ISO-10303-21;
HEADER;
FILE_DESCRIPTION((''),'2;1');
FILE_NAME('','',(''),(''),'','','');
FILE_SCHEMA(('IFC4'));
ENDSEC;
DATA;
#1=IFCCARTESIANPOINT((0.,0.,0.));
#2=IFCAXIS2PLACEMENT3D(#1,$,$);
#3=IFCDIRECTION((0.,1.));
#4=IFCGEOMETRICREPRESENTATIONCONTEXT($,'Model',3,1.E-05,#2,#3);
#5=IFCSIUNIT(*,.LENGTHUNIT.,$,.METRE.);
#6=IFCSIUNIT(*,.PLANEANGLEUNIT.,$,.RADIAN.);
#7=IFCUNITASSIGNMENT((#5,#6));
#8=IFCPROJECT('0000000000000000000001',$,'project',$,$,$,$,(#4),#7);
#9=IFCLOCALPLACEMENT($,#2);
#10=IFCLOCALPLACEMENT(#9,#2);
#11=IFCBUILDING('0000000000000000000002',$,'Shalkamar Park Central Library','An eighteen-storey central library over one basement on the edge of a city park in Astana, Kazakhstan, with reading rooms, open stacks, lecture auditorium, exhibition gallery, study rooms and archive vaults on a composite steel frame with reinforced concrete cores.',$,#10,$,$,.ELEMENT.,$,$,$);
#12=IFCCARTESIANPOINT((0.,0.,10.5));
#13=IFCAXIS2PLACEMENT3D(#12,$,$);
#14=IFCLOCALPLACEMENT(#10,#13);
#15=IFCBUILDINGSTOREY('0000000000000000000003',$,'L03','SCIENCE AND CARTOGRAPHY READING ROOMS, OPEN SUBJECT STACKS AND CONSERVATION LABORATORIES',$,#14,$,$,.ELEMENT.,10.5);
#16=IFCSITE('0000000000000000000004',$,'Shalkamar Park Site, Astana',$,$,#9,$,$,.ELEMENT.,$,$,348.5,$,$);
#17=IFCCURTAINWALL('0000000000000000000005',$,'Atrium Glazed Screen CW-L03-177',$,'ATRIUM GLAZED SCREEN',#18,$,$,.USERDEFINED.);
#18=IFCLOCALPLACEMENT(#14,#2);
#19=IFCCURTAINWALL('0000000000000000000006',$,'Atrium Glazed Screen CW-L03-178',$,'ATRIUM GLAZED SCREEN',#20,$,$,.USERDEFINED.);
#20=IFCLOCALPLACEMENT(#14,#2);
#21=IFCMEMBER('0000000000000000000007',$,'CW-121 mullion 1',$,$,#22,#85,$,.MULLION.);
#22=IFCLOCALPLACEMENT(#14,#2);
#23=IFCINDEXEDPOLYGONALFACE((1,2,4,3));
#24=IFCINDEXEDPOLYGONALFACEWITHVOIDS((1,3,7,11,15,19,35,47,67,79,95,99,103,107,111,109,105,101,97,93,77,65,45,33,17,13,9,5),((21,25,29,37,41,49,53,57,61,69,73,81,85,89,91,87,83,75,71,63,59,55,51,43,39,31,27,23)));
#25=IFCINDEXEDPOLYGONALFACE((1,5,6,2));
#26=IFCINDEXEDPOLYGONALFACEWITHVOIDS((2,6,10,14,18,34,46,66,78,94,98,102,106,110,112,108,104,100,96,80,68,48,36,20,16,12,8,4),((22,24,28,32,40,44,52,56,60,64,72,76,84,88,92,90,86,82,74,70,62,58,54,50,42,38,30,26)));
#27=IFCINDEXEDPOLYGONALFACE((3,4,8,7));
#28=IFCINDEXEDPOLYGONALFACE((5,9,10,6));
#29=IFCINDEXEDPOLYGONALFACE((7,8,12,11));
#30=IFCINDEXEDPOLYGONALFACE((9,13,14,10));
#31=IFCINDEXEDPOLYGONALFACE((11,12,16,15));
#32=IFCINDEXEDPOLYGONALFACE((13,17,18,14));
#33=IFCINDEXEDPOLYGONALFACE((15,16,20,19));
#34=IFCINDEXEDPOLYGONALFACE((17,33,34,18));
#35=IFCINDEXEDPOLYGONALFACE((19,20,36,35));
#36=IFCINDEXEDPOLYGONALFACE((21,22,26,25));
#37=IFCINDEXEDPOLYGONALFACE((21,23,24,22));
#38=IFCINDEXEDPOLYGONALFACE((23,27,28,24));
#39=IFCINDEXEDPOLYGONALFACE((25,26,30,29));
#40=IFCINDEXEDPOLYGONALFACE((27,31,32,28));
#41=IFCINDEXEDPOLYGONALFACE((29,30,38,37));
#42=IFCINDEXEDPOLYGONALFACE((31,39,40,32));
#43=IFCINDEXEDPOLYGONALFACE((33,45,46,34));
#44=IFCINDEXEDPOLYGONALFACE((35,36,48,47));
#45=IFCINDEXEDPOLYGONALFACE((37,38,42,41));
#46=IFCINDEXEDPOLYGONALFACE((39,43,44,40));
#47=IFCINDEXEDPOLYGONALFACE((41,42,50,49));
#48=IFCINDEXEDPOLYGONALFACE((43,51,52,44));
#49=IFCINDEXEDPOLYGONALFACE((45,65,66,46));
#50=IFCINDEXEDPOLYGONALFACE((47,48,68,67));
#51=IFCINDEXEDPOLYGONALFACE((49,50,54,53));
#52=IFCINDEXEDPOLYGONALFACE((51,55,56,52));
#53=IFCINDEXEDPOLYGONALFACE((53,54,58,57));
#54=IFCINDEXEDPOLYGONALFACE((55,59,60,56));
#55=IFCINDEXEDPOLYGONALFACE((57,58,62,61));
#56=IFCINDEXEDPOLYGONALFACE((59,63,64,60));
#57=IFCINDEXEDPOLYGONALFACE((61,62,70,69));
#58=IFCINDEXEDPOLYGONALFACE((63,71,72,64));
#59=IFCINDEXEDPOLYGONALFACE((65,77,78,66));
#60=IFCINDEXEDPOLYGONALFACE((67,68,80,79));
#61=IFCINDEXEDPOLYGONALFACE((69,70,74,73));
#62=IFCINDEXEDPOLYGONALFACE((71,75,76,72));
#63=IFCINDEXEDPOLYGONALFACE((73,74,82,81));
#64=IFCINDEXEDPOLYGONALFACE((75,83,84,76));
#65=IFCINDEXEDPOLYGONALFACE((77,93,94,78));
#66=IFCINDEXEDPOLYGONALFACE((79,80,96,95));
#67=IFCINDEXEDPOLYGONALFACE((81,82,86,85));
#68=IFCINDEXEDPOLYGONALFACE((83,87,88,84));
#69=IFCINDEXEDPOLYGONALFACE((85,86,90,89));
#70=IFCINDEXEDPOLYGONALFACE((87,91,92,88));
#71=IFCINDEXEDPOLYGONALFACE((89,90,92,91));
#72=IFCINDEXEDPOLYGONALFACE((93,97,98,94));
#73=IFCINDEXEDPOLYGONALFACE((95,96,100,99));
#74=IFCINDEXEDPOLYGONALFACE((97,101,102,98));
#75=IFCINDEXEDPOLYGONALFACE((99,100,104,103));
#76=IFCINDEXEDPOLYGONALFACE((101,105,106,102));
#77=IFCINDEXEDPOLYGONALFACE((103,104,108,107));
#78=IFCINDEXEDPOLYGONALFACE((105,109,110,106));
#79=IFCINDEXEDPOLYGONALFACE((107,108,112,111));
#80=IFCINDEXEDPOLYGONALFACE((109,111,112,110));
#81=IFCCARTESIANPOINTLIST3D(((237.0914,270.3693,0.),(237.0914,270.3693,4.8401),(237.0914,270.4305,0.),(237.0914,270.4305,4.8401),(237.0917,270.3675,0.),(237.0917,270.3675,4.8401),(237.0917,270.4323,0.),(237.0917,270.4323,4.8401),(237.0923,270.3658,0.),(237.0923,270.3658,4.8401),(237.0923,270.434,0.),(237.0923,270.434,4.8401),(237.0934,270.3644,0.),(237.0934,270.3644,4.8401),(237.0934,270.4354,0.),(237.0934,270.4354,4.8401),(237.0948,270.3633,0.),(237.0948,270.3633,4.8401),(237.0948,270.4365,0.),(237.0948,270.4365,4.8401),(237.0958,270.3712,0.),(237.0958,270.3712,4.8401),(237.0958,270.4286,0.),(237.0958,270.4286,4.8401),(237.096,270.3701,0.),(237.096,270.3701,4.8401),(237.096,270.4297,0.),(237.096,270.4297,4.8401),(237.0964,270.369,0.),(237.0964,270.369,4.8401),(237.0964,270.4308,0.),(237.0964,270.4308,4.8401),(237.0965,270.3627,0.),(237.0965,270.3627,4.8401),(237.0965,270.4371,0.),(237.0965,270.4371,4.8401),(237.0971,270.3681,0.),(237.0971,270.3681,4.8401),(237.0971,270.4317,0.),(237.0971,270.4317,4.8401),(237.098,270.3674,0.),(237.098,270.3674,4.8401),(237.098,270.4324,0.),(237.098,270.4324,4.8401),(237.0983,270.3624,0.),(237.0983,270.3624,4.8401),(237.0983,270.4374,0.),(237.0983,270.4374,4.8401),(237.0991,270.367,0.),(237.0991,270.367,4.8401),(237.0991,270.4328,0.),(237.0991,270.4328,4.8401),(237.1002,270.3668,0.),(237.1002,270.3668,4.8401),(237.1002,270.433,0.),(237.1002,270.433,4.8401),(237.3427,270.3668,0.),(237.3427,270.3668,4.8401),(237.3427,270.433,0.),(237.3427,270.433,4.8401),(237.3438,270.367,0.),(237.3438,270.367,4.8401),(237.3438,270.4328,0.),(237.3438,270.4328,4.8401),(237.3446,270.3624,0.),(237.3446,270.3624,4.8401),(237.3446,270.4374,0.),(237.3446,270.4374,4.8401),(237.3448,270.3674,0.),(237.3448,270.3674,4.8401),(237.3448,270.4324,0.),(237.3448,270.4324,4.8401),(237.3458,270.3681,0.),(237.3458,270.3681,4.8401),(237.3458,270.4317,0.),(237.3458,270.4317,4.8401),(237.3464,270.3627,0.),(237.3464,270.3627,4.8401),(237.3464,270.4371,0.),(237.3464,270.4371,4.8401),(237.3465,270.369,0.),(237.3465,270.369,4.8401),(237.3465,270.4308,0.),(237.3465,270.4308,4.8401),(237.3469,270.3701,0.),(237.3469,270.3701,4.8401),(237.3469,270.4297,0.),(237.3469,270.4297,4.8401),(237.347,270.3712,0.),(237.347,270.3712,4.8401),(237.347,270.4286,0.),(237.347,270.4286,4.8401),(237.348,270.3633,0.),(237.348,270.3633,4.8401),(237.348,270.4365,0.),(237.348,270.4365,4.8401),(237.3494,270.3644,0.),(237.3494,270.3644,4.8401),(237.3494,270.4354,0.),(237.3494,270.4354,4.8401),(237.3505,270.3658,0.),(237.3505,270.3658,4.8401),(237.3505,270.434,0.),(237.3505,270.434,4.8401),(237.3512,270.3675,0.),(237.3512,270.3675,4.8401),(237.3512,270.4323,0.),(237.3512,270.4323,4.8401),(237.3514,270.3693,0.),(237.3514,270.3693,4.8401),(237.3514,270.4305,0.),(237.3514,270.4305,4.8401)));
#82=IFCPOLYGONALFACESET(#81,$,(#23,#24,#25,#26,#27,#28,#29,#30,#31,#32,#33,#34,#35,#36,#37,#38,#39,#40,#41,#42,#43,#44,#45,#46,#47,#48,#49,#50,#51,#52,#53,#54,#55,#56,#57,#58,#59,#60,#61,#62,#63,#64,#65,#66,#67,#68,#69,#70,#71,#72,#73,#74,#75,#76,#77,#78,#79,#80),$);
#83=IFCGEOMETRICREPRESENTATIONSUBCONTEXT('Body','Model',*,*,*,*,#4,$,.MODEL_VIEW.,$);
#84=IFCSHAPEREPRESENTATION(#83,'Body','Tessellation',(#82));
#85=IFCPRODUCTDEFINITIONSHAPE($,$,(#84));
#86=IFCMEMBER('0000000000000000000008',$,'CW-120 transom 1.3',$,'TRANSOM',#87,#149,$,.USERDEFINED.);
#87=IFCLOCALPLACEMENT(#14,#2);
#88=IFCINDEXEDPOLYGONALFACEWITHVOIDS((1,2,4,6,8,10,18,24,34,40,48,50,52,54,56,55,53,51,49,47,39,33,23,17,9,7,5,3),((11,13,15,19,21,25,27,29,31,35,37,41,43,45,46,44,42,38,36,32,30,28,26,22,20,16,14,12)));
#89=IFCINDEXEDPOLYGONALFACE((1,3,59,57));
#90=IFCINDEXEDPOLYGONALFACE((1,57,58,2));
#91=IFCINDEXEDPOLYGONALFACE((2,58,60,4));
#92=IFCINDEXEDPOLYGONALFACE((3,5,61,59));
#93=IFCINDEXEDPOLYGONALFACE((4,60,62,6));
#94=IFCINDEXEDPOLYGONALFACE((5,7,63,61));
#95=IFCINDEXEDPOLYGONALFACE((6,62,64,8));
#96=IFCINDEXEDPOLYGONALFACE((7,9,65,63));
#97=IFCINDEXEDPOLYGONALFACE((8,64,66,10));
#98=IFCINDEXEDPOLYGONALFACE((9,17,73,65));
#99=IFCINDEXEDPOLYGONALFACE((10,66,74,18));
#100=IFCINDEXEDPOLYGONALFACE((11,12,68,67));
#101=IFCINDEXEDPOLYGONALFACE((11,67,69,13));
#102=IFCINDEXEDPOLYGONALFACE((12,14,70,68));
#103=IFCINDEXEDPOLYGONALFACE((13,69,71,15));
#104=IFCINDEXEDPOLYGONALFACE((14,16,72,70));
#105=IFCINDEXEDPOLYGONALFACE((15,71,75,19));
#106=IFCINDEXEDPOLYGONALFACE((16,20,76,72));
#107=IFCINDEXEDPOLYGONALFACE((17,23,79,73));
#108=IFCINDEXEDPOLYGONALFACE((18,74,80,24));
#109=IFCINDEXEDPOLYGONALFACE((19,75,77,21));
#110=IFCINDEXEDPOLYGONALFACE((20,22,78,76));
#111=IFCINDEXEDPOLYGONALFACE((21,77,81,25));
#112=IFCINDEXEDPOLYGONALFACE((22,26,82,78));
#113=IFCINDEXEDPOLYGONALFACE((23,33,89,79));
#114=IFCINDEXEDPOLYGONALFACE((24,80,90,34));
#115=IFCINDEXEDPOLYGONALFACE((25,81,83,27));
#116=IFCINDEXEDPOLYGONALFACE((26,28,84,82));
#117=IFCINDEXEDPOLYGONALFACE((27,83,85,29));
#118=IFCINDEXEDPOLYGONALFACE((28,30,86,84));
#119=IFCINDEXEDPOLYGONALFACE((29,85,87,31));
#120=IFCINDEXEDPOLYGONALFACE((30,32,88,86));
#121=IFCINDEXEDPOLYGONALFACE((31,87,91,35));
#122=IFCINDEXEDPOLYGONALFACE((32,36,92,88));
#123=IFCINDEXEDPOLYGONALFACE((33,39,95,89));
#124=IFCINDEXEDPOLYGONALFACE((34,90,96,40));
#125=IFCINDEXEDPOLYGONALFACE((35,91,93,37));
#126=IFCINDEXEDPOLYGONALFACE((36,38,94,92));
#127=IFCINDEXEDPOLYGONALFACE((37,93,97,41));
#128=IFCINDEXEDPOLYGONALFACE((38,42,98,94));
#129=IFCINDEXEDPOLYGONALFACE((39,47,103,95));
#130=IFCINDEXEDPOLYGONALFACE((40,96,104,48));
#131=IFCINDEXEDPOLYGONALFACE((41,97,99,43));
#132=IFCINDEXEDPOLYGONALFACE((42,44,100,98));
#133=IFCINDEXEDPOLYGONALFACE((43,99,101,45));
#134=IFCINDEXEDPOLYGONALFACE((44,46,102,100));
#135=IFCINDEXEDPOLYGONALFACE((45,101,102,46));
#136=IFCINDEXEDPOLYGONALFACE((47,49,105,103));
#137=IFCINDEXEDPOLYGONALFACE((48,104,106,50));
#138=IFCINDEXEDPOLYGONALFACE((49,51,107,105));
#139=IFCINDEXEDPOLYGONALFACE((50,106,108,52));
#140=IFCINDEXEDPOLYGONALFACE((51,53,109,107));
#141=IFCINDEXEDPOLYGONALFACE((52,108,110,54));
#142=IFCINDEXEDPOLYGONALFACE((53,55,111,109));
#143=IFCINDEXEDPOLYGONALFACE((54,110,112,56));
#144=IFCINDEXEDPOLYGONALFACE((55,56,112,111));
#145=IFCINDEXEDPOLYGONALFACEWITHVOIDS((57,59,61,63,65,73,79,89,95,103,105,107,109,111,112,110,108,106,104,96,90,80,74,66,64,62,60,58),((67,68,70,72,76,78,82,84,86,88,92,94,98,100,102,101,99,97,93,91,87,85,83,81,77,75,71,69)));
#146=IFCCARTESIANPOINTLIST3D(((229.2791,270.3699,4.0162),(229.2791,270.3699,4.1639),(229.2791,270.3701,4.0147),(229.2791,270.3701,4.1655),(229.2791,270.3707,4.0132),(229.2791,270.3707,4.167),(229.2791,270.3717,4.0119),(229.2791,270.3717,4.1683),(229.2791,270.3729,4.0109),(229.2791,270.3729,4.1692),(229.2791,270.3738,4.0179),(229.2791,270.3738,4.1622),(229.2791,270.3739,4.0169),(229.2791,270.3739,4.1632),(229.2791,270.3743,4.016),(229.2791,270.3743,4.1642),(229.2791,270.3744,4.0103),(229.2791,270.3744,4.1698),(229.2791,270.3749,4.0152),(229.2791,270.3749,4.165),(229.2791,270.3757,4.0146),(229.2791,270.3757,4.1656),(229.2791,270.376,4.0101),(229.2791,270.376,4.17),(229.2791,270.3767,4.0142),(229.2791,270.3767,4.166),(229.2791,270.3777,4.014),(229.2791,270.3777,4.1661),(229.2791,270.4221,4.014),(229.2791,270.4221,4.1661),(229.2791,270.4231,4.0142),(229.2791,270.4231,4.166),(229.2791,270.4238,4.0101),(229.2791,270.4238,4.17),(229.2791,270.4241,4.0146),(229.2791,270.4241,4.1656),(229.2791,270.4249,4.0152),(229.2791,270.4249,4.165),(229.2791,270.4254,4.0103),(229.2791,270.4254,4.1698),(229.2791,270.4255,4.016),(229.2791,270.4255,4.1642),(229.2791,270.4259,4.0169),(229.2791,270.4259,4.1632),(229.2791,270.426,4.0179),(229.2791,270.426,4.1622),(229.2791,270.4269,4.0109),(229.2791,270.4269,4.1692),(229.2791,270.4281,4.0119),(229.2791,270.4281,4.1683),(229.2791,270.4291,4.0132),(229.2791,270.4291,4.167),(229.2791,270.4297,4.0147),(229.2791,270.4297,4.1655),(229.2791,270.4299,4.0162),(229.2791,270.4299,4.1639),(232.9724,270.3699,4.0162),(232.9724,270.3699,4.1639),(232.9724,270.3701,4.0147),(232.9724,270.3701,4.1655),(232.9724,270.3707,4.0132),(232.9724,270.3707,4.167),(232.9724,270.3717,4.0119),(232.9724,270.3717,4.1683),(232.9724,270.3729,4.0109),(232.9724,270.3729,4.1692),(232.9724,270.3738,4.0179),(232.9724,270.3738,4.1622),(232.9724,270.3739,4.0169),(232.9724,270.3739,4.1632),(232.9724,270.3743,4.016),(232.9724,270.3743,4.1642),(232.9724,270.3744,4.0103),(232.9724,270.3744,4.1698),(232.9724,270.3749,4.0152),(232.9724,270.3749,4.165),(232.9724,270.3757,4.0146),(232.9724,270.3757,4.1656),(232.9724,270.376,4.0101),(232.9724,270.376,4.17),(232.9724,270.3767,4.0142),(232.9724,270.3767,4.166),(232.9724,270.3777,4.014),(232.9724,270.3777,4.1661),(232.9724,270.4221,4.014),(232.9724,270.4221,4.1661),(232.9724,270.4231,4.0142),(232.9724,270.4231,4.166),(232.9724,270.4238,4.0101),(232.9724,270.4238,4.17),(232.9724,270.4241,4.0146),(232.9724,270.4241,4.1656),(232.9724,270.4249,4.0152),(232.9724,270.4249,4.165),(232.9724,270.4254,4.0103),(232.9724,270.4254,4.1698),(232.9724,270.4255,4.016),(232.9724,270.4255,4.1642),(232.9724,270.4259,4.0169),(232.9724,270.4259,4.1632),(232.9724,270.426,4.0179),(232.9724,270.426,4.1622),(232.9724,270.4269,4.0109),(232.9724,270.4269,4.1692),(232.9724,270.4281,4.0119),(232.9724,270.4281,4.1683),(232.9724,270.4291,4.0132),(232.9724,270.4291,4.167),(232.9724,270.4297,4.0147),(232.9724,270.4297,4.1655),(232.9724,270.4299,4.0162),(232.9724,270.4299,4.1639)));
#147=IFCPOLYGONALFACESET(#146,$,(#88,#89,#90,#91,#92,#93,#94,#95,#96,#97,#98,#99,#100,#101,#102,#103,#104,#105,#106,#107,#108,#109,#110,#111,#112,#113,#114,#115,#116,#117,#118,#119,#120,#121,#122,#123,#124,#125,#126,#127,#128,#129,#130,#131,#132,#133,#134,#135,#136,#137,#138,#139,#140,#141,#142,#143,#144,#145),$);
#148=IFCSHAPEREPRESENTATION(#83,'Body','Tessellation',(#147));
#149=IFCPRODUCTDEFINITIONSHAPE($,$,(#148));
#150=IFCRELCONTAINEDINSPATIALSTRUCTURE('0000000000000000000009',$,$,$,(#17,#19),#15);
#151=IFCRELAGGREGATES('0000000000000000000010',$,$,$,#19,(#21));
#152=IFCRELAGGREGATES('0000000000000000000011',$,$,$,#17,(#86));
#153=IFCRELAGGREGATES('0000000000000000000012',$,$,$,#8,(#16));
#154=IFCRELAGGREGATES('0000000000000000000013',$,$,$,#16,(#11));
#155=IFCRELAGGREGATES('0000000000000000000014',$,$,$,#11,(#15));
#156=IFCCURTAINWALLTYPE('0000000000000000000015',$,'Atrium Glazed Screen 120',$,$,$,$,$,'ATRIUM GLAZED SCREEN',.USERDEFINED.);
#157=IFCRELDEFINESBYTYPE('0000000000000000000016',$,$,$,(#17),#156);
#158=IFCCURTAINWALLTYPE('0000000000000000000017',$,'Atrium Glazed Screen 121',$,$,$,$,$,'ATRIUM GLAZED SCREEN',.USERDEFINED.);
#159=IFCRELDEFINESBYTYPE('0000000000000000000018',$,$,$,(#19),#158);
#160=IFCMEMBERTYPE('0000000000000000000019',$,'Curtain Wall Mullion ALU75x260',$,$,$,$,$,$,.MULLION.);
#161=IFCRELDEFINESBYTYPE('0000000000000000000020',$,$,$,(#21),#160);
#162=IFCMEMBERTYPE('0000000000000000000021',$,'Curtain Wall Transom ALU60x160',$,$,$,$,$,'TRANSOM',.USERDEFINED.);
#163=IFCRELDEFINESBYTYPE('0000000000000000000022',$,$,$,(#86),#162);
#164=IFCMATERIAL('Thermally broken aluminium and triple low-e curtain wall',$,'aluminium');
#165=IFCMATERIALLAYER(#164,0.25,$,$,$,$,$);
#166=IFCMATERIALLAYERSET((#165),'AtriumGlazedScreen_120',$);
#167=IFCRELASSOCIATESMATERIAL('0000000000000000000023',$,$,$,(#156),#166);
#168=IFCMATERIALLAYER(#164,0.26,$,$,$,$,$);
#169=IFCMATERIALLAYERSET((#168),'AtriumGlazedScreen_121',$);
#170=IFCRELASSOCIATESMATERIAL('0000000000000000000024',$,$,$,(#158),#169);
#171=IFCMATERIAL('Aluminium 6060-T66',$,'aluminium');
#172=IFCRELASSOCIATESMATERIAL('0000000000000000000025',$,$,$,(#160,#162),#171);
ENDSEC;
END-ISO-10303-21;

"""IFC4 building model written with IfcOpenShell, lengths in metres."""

from ifc_helpers import new_model, si_unit, direction, frame, origin, origin_2d, place, context, subcontext, project, spatial, hollow_rectangle, extrude, material, layer, layer_set, material_profile, profile_set, type_object, element, aggregate, save


model = new_model("IFC4")

# Units and contexts
model_context = context("Model", 3, precision=1e-05, world=origin(), true_north=direction((0.0, 1.0)))
body_context = subcontext(model_context, "Body", "Model", "MODEL_VIEW")
ifc_project = project(units=[si_unit("LENGTHUNIT", "METRE"), si_unit("PLANEANGLEUNIT", "RADIAN")], contexts=[model_context])

# Site, building, storey
site_placement = place(None, origin())
site = spatial("IfcSite", under=ifc_project, at=site_placement, Name="Shalkamar Park Site, Astana", CompositionType="ELEMENT", RefElevation=348.5)
building_placement = place(site_placement, origin())
building = spatial("IfcBuilding", under=site, at=building_placement, Name="Shalkamar Park Central Library", Description="An eighteen-storey central library over one basement on the edge of a city park in Astana, Kazakhstan, with reading rooms, open stacks, lecture auditorium, exhibition gallery, study rooms and archive vaults on a composite steel frame with reinforced concrete cores.", CompositionType="ELEMENT")
storey_placement = place(building_placement, frame((0.0, 0.0, 10.5)))
storey = spatial("IfcBuildingStorey", under=building, at=storey_placement, Name="L03", Description="SCIENCE AND CARTOGRAPHY READING ROOMS, OPEN SUBJECT STACKS AND CONSERVATION LABORATORIES", CompositionType="ELEMENT", Elevation=10.5)

# Curtain wall
ifc_material_1 = material(Name="Thermally broken aluminium and triple low-e curtain wall", Category="aluminium")
ifc_layer_1 = layer(ifc_material_1, 0.25)
ifc_layer_set_1 = layer_set([ifc_layer_1], Name="AtriumGlazedScreen_120")
curtain_wall_type_1 = type_object("IfcCurtainWallType", Name="Atrium Glazed Screen 120", ElementType="ATRIUM GLAZED SCREEN", PredefinedType="USERDEFINED", material=ifc_layer_set_1)
curtain_wall_1_placement = place(storey_placement, origin())
curtain_wall_1 = element("IfcCurtainWall", 1, at=curtain_wall_1_placement, inside=storey, type_object=curtain_wall_type_1, Name="Atrium Glazed Screen CW-L03-177", ObjectType="ATRIUM GLAZED SCREEN", PredefinedType="USERDEFINED")
ifc_material_2 = material(Name="Aluminium 6060-T66", Category="aluminium")

# Curtain wall, member
ifc_layer_2 = layer(ifc_material_1, 0.26)
ifc_layer_set_2 = layer_set([ifc_layer_2], Name="AtriumGlazedScreen_121")
curtain_wall_type_2 = type_object("IfcCurtainWallType", Name="Atrium Glazed Screen 121", ElementType="ATRIUM GLAZED SCREEN", PredefinedType="USERDEFINED", material=ifc_layer_set_2)
curtain_wall_2_placement = place(storey_placement, origin())
curtain_wall_2 = element("IfcCurtainWall", 2, at=curtain_wall_2_placement, inside=storey, type_object=curtain_wall_type_2, Name="Atrium Glazed Screen CW-L03-178", ObjectType="ATRIUM GLAZED SCREEN", PredefinedType="USERDEFINED")
ifc_material_profile_1 = material_profile(ifc_material_2, hollow_rectangle(XDim=0.075, YDim=0.26, WallThickness=0.0044, InnerFilletRadius=0.0044, OuterFilletRadius=0.0068, at=origin_2d()), Name="ALU 75x260x4.5")
ifc_profile_set_1 = profile_set([ifc_material_profile_1], Name="Aluminium 6060-T66")
member_type_1 = type_object("IfcMemberType", Name="Curtain Wall Mullion ALU75x260", PredefinedType="MULLION", material=ifc_profile_set_1)
member_1_placement = place(storey_placement, frame((237.2214, 270.3999, 0.0), z_axis=(0.0, 0.0, 1.0), x_axis=(0.0, 1.0, 0.0)))
member_1 = element("IfcMember", 3, at=member_1_placement, type_object=member_type_1, Name="CW-121 mullion 1", PredefinedType="MULLION", context=body_context, shape_type="SweptSolid", body=[
    extrude(hollow_rectangle(XDim=0.075, YDim=0.26, WallThickness=0.0044, InnerFilletRadius=0.0044, OuterFilletRadius=0.0068, at=origin_2d()), origin(), (0.0, 0.0, 1.0), 4.8401),
])

# Member
ifc_material_profile_2 = material_profile(ifc_material_2, hollow_rectangle(XDim=0.0601, YDim=0.1599, WallThickness=0.0039, InnerFilletRadius=0.0039, OuterFilletRadius=0.0061, at=origin_2d()), Name="ALU 60x160x4")
ifc_profile_set_2 = profile_set([ifc_material_profile_2], Name="Aluminium 6060-T66")
member_type_2 = type_object("IfcMemberType", Name="Curtain Wall Transom ALU60x160", ElementType="TRANSOM", PredefinedType="USERDEFINED", material=ifc_profile_set_2)
member_2_placement = place(storey_placement, frame((229.2791, 270.3999, 4.0901), z_axis=(1.0, 0.0, 0.0), x_axis=(0.0, 1.0, 0.0)))
member_2 = element("IfcMember", 4, at=member_2_placement, type_object=member_type_2, Name="CW-120 transom 1.3", ObjectType="TRANSOM", PredefinedType="USERDEFINED", context=body_context, shape_type="SweptSolid", body=[
    extrude(hollow_rectangle(XDim=0.0601, YDim=0.1599, WallThickness=0.0039, InnerFilletRadius=0.0039, OuterFilletRadius=0.0061, at=origin_2d()), origin(), (0.0, 0.0, 1.0), 3.6934),
])
aggregate(curtain_wall_2, [member_1])

aggregate(curtain_wall_1, [member_2])

save(model, "model.ifc")
